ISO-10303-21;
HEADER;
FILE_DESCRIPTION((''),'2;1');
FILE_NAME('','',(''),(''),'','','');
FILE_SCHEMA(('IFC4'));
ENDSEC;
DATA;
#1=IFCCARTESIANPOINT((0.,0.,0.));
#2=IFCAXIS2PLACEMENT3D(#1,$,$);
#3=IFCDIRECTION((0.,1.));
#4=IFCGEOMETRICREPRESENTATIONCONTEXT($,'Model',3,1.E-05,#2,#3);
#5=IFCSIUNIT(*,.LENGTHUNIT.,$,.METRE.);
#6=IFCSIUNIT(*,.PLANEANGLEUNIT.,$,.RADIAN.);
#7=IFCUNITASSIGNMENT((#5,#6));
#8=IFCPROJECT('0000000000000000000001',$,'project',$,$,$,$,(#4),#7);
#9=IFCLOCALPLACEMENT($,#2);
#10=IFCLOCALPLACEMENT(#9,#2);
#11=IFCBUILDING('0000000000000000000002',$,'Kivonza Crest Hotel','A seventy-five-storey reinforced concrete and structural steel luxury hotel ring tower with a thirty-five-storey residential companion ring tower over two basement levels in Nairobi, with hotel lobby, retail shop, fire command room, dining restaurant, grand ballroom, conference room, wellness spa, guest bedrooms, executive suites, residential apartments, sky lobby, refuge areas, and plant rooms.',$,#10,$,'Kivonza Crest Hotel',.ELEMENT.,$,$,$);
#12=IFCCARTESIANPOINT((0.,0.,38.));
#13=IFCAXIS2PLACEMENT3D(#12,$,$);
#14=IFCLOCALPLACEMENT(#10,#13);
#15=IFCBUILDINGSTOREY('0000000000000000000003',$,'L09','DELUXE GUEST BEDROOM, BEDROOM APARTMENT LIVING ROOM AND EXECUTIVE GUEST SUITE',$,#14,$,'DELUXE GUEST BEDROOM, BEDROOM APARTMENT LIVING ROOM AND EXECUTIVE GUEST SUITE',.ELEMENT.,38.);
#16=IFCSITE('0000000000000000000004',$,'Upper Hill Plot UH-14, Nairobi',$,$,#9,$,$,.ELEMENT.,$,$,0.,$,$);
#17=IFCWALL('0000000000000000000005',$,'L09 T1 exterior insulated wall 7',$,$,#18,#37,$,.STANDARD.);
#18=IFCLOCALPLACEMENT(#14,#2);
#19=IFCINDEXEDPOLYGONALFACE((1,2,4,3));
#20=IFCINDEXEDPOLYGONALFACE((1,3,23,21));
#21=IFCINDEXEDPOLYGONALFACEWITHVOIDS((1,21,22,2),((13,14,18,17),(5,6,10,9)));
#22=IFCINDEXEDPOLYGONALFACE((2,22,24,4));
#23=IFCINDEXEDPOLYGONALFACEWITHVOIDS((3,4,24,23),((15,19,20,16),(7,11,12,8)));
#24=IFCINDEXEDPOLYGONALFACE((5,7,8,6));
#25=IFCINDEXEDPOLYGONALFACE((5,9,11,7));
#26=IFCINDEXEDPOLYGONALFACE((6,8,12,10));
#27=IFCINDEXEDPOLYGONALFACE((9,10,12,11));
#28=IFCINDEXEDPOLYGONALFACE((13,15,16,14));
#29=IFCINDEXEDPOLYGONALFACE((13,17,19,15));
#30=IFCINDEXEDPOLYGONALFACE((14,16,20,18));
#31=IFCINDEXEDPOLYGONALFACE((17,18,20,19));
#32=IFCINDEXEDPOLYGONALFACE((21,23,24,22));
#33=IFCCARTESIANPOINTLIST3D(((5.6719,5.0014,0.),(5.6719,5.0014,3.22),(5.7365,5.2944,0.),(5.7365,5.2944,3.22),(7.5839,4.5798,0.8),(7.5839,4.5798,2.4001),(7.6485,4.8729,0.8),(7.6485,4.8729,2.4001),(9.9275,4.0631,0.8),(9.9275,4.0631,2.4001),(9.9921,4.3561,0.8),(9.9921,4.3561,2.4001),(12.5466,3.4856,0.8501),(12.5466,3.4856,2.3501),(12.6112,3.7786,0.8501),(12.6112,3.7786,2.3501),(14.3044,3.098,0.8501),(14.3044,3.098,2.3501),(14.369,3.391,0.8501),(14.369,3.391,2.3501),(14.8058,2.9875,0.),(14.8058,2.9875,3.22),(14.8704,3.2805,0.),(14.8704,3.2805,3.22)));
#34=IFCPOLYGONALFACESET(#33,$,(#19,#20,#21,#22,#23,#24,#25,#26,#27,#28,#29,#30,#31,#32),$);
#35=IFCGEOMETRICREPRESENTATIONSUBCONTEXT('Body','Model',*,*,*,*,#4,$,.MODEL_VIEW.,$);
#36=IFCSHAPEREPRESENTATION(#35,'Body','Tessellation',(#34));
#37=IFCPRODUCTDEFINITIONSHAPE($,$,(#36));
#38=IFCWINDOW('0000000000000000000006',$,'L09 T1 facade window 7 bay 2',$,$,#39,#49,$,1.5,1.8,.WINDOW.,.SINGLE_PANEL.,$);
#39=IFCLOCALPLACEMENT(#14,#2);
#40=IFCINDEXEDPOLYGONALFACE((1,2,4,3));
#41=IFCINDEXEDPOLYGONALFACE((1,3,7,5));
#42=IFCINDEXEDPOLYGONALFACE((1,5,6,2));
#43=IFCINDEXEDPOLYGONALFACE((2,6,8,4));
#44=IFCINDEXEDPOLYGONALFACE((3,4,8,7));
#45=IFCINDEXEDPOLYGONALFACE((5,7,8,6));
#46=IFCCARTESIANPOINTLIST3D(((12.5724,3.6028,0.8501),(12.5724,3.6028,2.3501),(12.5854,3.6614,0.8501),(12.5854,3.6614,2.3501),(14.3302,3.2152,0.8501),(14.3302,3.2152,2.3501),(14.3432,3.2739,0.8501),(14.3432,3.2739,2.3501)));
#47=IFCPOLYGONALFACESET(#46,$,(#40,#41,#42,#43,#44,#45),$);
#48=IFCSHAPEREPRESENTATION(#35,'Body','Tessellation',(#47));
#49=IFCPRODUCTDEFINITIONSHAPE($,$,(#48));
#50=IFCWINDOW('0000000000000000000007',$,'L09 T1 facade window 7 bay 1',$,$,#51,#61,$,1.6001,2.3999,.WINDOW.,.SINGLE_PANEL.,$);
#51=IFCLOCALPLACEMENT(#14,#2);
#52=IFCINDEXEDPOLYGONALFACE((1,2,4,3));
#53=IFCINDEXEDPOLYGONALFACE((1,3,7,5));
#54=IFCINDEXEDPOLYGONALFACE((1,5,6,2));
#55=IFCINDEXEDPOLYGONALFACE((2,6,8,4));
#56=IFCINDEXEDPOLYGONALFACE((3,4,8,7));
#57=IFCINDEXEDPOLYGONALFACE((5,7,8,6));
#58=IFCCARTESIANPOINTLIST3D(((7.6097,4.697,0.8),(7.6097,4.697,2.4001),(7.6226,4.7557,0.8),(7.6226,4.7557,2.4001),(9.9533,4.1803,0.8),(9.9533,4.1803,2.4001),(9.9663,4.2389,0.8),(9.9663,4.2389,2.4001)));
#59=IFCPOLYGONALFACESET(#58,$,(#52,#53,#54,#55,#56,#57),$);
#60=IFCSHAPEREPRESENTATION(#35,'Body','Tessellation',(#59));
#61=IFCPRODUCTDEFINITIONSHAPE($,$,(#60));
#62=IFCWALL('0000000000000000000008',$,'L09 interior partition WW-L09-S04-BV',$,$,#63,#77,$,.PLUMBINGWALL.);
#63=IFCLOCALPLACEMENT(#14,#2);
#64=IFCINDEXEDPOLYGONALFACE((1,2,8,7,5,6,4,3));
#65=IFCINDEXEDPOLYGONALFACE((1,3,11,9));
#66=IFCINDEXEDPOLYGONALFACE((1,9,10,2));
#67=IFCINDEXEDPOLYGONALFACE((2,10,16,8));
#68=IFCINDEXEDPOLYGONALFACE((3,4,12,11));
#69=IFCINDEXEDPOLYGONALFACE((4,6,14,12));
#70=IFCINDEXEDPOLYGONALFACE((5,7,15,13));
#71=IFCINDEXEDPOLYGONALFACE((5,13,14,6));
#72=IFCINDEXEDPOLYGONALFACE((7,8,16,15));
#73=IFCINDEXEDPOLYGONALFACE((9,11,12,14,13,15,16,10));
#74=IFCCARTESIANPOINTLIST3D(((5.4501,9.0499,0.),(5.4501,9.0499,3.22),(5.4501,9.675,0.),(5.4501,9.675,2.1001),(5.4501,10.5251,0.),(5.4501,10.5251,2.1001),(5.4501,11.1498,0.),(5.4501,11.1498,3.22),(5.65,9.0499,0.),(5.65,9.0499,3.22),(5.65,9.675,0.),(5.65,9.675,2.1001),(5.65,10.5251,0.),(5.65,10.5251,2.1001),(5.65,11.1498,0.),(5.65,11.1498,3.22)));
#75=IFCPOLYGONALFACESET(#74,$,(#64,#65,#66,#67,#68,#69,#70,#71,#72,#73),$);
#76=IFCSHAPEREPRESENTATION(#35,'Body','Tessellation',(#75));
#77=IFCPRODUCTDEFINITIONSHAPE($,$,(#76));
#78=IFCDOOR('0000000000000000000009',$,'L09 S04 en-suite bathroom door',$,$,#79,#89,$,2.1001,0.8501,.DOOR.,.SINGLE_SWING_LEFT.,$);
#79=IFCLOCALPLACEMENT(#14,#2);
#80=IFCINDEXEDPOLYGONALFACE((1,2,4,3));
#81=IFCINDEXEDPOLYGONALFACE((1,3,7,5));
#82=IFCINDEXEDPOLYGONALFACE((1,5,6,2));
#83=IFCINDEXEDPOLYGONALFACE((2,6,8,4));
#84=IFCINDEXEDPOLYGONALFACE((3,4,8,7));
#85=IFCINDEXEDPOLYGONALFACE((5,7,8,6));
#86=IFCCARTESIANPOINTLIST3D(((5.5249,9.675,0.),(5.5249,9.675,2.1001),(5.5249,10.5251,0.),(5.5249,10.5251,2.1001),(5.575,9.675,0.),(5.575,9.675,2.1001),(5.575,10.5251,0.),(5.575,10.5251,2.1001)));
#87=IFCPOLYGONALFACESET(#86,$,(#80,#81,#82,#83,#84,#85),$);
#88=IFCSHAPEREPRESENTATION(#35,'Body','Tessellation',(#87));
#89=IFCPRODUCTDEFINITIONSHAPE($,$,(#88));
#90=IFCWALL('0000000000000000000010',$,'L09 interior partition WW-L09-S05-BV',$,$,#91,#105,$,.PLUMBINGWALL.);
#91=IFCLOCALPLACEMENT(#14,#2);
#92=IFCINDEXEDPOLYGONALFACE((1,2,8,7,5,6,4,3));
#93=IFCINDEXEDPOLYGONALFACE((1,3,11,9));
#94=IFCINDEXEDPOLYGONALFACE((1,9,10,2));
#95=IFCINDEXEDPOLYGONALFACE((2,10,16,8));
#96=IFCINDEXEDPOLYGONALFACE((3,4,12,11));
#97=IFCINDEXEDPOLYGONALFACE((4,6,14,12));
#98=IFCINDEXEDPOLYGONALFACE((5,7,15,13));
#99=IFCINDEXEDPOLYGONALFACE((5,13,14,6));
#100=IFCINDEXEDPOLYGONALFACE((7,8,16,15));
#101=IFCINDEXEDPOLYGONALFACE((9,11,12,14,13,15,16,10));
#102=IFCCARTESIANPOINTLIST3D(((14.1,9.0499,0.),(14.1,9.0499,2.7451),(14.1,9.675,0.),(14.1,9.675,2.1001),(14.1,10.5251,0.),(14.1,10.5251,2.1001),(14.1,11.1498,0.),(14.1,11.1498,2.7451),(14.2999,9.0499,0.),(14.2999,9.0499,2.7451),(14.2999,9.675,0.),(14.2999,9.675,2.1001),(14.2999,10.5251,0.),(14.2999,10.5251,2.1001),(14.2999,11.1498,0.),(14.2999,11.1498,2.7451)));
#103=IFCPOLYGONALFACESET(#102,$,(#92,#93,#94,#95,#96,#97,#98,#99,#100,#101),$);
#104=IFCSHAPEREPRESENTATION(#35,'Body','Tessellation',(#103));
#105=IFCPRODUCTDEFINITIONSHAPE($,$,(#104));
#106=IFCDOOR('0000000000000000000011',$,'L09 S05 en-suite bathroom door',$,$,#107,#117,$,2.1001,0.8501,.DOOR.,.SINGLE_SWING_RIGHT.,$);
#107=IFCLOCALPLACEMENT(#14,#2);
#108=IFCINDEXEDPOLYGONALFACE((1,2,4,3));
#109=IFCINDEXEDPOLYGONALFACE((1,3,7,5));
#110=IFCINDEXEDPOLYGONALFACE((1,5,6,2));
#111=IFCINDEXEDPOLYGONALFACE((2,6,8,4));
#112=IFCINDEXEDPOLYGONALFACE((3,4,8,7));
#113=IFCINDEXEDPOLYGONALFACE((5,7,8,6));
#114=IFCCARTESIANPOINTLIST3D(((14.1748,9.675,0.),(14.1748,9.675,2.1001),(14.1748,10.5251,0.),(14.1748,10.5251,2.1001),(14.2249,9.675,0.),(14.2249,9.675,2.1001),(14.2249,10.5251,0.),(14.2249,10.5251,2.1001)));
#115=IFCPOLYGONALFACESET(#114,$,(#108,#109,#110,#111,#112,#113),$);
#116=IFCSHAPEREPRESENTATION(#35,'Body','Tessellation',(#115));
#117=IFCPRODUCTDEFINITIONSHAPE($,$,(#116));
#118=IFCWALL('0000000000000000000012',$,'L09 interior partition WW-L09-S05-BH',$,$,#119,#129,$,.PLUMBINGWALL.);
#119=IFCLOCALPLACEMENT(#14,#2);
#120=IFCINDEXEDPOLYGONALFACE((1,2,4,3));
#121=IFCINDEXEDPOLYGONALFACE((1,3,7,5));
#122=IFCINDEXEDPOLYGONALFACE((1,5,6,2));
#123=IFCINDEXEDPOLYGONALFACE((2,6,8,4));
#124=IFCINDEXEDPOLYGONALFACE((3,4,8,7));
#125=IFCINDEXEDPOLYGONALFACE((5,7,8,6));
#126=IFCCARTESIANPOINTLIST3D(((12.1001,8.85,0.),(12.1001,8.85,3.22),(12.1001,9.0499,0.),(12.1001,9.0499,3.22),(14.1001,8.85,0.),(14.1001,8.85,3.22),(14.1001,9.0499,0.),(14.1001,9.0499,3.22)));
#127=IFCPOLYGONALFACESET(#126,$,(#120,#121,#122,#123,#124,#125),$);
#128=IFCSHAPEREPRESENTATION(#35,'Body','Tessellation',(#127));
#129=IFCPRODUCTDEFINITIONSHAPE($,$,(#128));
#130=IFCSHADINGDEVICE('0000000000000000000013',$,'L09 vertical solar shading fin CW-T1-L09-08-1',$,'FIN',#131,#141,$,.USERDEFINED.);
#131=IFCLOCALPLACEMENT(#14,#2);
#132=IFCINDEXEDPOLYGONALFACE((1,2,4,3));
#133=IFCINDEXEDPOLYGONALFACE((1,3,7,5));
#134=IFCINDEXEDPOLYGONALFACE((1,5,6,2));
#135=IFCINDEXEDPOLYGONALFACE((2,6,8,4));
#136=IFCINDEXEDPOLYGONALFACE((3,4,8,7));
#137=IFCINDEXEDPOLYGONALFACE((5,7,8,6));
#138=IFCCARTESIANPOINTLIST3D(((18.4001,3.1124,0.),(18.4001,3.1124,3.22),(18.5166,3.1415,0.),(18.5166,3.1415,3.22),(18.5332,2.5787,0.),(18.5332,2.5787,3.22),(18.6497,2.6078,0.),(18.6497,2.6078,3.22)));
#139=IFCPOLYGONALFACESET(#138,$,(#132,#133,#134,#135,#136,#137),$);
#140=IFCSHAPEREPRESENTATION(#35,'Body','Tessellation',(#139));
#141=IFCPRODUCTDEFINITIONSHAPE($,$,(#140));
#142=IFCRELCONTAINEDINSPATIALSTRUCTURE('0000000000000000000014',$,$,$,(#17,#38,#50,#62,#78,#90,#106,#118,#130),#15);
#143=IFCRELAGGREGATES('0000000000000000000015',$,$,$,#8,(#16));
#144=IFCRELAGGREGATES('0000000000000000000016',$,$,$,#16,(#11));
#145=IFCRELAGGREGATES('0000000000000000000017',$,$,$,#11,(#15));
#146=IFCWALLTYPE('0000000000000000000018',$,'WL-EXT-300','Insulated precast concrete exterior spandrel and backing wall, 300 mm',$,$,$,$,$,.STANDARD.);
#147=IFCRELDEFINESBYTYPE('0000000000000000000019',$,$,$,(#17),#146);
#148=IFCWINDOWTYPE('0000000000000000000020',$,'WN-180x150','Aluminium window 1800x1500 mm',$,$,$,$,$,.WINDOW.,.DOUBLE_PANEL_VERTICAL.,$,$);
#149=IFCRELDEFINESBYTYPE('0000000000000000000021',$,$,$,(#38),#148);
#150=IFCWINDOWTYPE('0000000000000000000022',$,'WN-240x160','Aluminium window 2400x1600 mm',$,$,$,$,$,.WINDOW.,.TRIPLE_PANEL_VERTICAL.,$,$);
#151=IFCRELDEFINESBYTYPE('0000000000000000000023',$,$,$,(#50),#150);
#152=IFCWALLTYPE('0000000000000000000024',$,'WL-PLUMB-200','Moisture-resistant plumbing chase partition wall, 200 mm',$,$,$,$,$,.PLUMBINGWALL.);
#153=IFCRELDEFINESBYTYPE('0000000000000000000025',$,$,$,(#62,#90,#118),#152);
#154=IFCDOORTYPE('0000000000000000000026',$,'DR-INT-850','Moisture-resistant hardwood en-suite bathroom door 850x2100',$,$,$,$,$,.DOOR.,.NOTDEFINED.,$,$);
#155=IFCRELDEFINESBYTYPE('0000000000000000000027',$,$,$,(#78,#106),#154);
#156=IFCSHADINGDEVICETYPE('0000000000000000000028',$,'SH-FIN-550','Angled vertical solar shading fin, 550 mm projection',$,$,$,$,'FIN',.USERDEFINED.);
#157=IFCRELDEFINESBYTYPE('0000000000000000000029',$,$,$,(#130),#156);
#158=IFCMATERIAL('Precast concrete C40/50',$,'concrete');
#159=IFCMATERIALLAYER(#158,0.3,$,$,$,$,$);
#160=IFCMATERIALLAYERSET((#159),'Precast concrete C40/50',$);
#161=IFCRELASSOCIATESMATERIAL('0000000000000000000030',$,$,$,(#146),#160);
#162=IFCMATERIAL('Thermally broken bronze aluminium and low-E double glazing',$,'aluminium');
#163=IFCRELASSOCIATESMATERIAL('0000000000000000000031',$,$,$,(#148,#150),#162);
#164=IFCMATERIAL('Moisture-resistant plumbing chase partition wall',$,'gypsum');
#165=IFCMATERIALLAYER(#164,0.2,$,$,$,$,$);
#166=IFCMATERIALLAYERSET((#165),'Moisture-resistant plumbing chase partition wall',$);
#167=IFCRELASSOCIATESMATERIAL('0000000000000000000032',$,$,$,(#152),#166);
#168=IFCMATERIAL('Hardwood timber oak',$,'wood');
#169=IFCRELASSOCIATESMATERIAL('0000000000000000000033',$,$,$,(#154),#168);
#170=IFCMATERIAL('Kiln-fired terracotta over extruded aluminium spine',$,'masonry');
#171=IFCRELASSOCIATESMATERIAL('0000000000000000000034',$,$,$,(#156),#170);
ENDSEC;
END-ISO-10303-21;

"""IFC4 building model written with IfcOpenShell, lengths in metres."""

from ifc_helpers import new_model, si_unit, direction, frame, frame_2d, origin, origin_2d, place, context, subcontext, project, spatial, rectangle, extrude, material, layer, layer_set, type_object, element, fill, save


model = new_model("IFC4")

# Units and contexts
model_context = context("Model", 3, precision=1e-05, world=origin(), true_north=direction((0.0, 1.0)))
body_context = subcontext(model_context, "Body", "Model", "MODEL_VIEW")
ifc_project = project(units=[si_unit("LENGTHUNIT", "METRE"), si_unit("PLANEANGLEUNIT", "RADIAN")], contexts=[model_context])

# Site, building, storey
site_placement = place(None, origin())
site = spatial("IfcSite", under=ifc_project, at=site_placement, Name="Upper Hill Plot UH-14, Nairobi", CompositionType="ELEMENT", RefElevation=0.0)
building_placement = place(site_placement, origin())
building = spatial("IfcBuilding", under=site, at=building_placement, Name="Kivonza Crest Hotel", Description="A seventy-five-storey reinforced concrete and structural steel luxury hotel ring tower with a thirty-five-storey residential companion ring tower over two basement levels in Nairobi, with hotel lobby, retail shop, fire command room, dining restaurant, grand ballroom, conference room, wellness spa, guest bedrooms, executive suites, residential apartments, sky lobby, refuge areas, and plant rooms.", LongName="Kivonza Crest Hotel", CompositionType="ELEMENT")
storey_placement = place(building_placement, frame((0.0, 0.0, 38.0)))
storey = spatial("IfcBuildingStorey", under=building, at=storey_placement, Name="L09", Description="DELUXE GUEST BEDROOM, BEDROOM APARTMENT LIVING ROOM AND EXECUTIVE GUEST SUITE", LongName="DELUXE GUEST BEDROOM, BEDROOM APARTMENT LIVING ROOM AND EXECUTIVE GUEST SUITE", CompositionType="ELEMENT", Elevation=38.0)

# Wall, openings, windows
ifc_material_1 = material(Name="Precast concrete C40/50", Category="concrete")
ifc_layer_1 = layer(ifc_material_1, 0.3)
ifc_layer_set_1 = layer_set([ifc_layer_1], Name="Precast concrete C40/50")
wall_type_1 = type_object("IfcWallType", Name="WL-EXT-300", Description="Insulated precast concrete exterior spandrel and backing wall, 300 mm", PredefinedType="STANDARD", material=ifc_layer_set_1)
wall_1_placement = place(storey_placement, frame((5.7041, 5.1479, 0.0), z_axis=(0.0, 0.0, 1.0), x_axis=(0.976544, -0.215319, 0.0)))
wall_1 = element("IfcWall", 1, at=wall_1_placement, inside=storey, type_object=wall_type_1, Name="L09 T1 exterior insulated wall 7", PredefinedType="STANDARD", context=body_context, shape_type="SweptSolid", body=[
    extrude(rectangle(XDim=9.3533, YDim=0.3, at=frame_2d((4.6768, 0.0))), origin(), (0.0, 0.0, 1.0), 3.22),
])
opening_1_placement = place(wall_1_placement, frame((1.958, 0.0, 0.8)))
opening_1 = element("IfcOpeningElement", 2, at=opening_1_placement, cuts=wall_1, PredefinedType="OPENING", context=body_context, shape_type="SweptSolid", body=[
    extrude(rectangle(XDim=2.3999, YDim=1.6001, at=frame_2d((1.2, 0.8))), frame((0.0, 0.1602, 0.0), z_axis=(0.0, -1.0, 0.0), x_axis=(1.0, 0.0, 0.0)), (0.0, 0.0, 1.0), 0.3201),
])
opening_2_placement = place(wall_1_placement, frame((7.04, 0.0, 0.8501)))
opening_2 = element("IfcOpeningElement", 3, at=opening_2_placement, cuts=wall_1, PredefinedType="OPENING", context=body_context, shape_type="SweptSolid", body=[
    extrude(rectangle(XDim=1.8, YDim=1.5, at=frame_2d((0.8999, 0.75))), frame((0.0, 0.1602, 0.0), z_axis=(0.0, -1.0, 0.0), x_axis=(1.0, 0.0, 0.0)), (0.0, 0.0, 1.0), 0.3201),
])
ifc_material_2 = material(Name="Thermally broken bronze aluminium and low-E double glazing", Category="aluminium")
window_type_1 = type_object("IfcWindowType", Name="WN-180x150", Description="Aluminium window 1800x1500 mm", PartitioningType="DOUBLE_PANEL_VERTICAL", PredefinedType="WINDOW", material=ifc_material_2)
window_1_placement = place(opening_2_placement, origin())
window_1 = element("IfcWindow", 4, at=window_1_placement, inside=storey, type_object=window_type_1, Name="L09 T1 facade window 7 bay 2", OverallHeight=1.5, OverallWidth=1.8, PartitioningType="SINGLE_PANEL", PredefinedType="WINDOW", context=body_context, shape_type="SweptSolid", body=[
    extrude(rectangle(XDim=1.8, YDim=1.5, at=frame_2d((0.8999, 0.75))), frame((0.0, 0.03, 0.0), z_axis=(0.0, -1.0, 0.0), x_axis=(1.0, 0.0, 0.0)), (0.0, 0.0, 1.0), 0.0601),
])
fill(opening_2, window_1)
window_type_2 = type_object("IfcWindowType", Name="WN-240x160", Description="Aluminium window 2400x1600 mm", PartitioningType="TRIPLE_PANEL_VERTICAL", PredefinedType="WINDOW", material=ifc_material_2)
window_2_placement = place(opening_1_placement, origin())
window_2 = element("IfcWindow", 5, at=window_2_placement, inside=storey, type_object=window_type_2, Name="L09 T1 facade window 7 bay 1", OverallHeight=1.6001, OverallWidth=2.3999, PartitioningType="SINGLE_PANEL", PredefinedType="WINDOW", context=body_context, shape_type="SweptSolid", body=[
    extrude(rectangle(XDim=2.3999, YDim=1.6001, at=frame_2d((1.2, 0.8))), frame((0.0, 0.03, 0.0), z_axis=(0.0, -1.0, 0.0), x_axis=(1.0, 0.0, 0.0)), (0.0, 0.0, 1.0), 0.0601),
])
fill(opening_1, window_2)

# Walls, openings, doors
ifc_material_3 = material(Name="Moisture-resistant plumbing chase partition wall", Category="gypsum")
ifc_layer_2 = layer(ifc_material_3, 0.2)
ifc_layer_set_2 = layer_set([ifc_layer_2], Name="Moisture-resistant plumbing chase partition wall")
wall_type_2 = type_object("IfcWallType", Name="WL-PLUMB-200", Description="Moisture-resistant plumbing chase partition wall, 200 mm", PredefinedType="PLUMBINGWALL", material=ifc_layer_set_2)
wall_2_placement = place(storey_placement, frame((5.55, 9.05, 0.0), z_axis=(0.0, 0.0, 1.0), x_axis=(0.0, 1.0, 0.0)))
wall_2 = element("IfcWall", 6, at=wall_2_placement, inside=storey, type_object=wall_type_2, Name="L09 interior partition WW-L09-S04-BV", PredefinedType="PLUMBINGWALL", context=body_context, shape_type="SweptSolid", body=[
    extrude(rectangle(XDim=2.0999, YDim=0.2, at=frame_2d((1.0498, 0.0))), origin(), (0.0, 0.0, 1.0), 3.22),
])
opening_3_placement = place(wall_2_placement, frame((0.625, 0.0, 0.0)))
opening_3 = element("IfcOpeningElement", 7, at=opening_3_placement, cuts=wall_2, PredefinedType="OPENING", context=body_context, shape_type="SweptSolid", body=[
    extrude(rectangle(XDim=0.8501, YDim=2.1001, at=frame_2d((0.425, 1.05))), frame((0.0, 0.1099, 0.0), z_axis=(0.0, -1.0, 0.0), x_axis=(1.0, 0.0, 0.0)), (0.0, 0.0, 1.0), 0.22),
])
ifc_material_4 = material(Name="Hardwood timber oak", Category="wood")
door_type = type_object("IfcDoorType", Name="DR-INT-850", Description="Moisture-resistant hardwood en-suite bathroom door 850x2100", OperationType="NOTDEFINED", PredefinedType="DOOR", material=ifc_material_4)
door_1_placement = place(opening_3_placement, frame((0.8501, 0.0, 0.0), z_axis=(0.0, 0.0, 1.0), x_axis=(-1.0, 0.0, 0.0)))
door_1 = element("IfcDoor", 8, at=door_1_placement, inside=storey, type_object=door_type, Name="L09 S04 en-suite bathroom door", OperationType="SINGLE_SWING_LEFT", OverallHeight=2.1001, OverallWidth=0.8501, PredefinedType="DOOR", context=body_context, shape_type="SweptSolid", body=[
    extrude(rectangle(XDim=0.8501, YDim=2.1001, at=frame_2d((0.425, 1.05))), frame((0.0, 0.0249, 0.0), z_axis=(0.0, -1.0, 0.0), x_axis=(1.0, 0.0, 0.0)), (0.0, 0.0, 1.0), 0.05),
])
fill(opening_3, door_1)
wall_3_placement = place(storey_placement, frame((14.2, 9.05, 0.0), z_axis=(0.0, 0.0, 1.0), x_axis=(0.0, 1.0, 0.0)))
wall_3 = element("IfcWall", 9, at=wall_3_placement, inside=storey, type_object=wall_type_2, Name="L09 interior partition WW-L09-S05-BV", PredefinedType="PLUMBINGWALL", context=body_context, shape_type="SweptSolid", body=[
    extrude(rectangle(XDim=2.0999, YDim=0.2, at=frame_2d((1.0498, 0.0))), origin(), (0.0, 0.0, 1.0), 2.7451),
])
opening_4_placement = place(wall_3_placement, frame((0.625, 0.0, 0.0)))
opening_4 = element("IfcOpeningElement", 10, at=opening_4_placement, cuts=wall_3, PredefinedType="OPENING", context=body_context, shape_type="SweptSolid", body=[
    extrude(rectangle(XDim=0.8501, YDim=2.1001, at=frame_2d((0.425, 1.05))), frame((0.0, 0.1099, 0.0), z_axis=(0.0, -1.0, 0.0), x_axis=(1.0, 0.0, 0.0)), (0.0, 0.0, 1.0), 0.22),
])
door_2_placement = place(opening_4_placement, frame((0.8501, 0.0, 0.0), z_axis=(0.0, 0.0, 1.0), x_axis=(-1.0, 0.0, 0.0)))
door_2 = element("IfcDoor", 11, at=door_2_placement, inside=storey, type_object=door_type, Name="L09 S05 en-suite bathroom door", OperationType="SINGLE_SWING_RIGHT", OverallHeight=2.1001, OverallWidth=0.8501, PredefinedType="DOOR", context=body_context, shape_type="SweptSolid", body=[
    extrude(rectangle(XDim=0.8501, YDim=2.1001, at=frame_2d((0.425, 1.05))), frame((0.0, 0.0249, 0.0), z_axis=(0.0, -1.0, 0.0), x_axis=(1.0, 0.0, 0.0)), (0.0, 0.0, 1.0), 0.05),
])
fill(opening_4, door_2)

# Wall
wall_4_placement = place(storey_placement, frame((12.1001, 8.95, 0.0), z_axis=(0.0, 0.0, 1.0), x_axis=(1.0, 0.0, 0.0)))
element("IfcWall", 12, at=wall_4_placement, inside=storey, type_object=wall_type_2, Name="L09 interior partition WW-L09-S05-BH", PredefinedType="PLUMBINGWALL", context=body_context, shape_type="SweptSolid", body=[
    extrude(rectangle(XDim=2.0, YDim=0.2, at=frame_2d((1.0, 0.0))), origin(), (0.0, 0.0, 1.0), 3.22),
])

# Shading device
ifc_material_5 = material(Name="Kiln-fired terracotta over extruded aluminium spine", Category="masonry")
shading_device_type = type_object("IfcShadingDeviceType", Name="SH-FIN-550", Description="Angled vertical solar shading fin, 550 mm projection", ElementType="FIN", PredefinedType="USERDEFINED", material=ifc_material_5)
shading_device_placement = place(storey_placement, frame((18.5249, 2.8601, 0.0), z_axis=(0.0, 0.0, 1.0), x_axis=(0.970296, 0.241922, 0.0)))
element("IfcShadingDevice", 13, at=shading_device_placement, inside=storey, type_object=shading_device_type, Name="L09 vertical solar shading fin CW-T1-L09-08-1", ObjectType="FIN", PredefinedType="USERDEFINED", context=body_context, shape_type="SweptSolid", body=[
    extrude(rectangle(XDim=0.1201, YDim=0.55, at=origin_2d()), origin(), (0.0, 0.0, 1.0), 3.22),
])

save(model, "model.ifc")
